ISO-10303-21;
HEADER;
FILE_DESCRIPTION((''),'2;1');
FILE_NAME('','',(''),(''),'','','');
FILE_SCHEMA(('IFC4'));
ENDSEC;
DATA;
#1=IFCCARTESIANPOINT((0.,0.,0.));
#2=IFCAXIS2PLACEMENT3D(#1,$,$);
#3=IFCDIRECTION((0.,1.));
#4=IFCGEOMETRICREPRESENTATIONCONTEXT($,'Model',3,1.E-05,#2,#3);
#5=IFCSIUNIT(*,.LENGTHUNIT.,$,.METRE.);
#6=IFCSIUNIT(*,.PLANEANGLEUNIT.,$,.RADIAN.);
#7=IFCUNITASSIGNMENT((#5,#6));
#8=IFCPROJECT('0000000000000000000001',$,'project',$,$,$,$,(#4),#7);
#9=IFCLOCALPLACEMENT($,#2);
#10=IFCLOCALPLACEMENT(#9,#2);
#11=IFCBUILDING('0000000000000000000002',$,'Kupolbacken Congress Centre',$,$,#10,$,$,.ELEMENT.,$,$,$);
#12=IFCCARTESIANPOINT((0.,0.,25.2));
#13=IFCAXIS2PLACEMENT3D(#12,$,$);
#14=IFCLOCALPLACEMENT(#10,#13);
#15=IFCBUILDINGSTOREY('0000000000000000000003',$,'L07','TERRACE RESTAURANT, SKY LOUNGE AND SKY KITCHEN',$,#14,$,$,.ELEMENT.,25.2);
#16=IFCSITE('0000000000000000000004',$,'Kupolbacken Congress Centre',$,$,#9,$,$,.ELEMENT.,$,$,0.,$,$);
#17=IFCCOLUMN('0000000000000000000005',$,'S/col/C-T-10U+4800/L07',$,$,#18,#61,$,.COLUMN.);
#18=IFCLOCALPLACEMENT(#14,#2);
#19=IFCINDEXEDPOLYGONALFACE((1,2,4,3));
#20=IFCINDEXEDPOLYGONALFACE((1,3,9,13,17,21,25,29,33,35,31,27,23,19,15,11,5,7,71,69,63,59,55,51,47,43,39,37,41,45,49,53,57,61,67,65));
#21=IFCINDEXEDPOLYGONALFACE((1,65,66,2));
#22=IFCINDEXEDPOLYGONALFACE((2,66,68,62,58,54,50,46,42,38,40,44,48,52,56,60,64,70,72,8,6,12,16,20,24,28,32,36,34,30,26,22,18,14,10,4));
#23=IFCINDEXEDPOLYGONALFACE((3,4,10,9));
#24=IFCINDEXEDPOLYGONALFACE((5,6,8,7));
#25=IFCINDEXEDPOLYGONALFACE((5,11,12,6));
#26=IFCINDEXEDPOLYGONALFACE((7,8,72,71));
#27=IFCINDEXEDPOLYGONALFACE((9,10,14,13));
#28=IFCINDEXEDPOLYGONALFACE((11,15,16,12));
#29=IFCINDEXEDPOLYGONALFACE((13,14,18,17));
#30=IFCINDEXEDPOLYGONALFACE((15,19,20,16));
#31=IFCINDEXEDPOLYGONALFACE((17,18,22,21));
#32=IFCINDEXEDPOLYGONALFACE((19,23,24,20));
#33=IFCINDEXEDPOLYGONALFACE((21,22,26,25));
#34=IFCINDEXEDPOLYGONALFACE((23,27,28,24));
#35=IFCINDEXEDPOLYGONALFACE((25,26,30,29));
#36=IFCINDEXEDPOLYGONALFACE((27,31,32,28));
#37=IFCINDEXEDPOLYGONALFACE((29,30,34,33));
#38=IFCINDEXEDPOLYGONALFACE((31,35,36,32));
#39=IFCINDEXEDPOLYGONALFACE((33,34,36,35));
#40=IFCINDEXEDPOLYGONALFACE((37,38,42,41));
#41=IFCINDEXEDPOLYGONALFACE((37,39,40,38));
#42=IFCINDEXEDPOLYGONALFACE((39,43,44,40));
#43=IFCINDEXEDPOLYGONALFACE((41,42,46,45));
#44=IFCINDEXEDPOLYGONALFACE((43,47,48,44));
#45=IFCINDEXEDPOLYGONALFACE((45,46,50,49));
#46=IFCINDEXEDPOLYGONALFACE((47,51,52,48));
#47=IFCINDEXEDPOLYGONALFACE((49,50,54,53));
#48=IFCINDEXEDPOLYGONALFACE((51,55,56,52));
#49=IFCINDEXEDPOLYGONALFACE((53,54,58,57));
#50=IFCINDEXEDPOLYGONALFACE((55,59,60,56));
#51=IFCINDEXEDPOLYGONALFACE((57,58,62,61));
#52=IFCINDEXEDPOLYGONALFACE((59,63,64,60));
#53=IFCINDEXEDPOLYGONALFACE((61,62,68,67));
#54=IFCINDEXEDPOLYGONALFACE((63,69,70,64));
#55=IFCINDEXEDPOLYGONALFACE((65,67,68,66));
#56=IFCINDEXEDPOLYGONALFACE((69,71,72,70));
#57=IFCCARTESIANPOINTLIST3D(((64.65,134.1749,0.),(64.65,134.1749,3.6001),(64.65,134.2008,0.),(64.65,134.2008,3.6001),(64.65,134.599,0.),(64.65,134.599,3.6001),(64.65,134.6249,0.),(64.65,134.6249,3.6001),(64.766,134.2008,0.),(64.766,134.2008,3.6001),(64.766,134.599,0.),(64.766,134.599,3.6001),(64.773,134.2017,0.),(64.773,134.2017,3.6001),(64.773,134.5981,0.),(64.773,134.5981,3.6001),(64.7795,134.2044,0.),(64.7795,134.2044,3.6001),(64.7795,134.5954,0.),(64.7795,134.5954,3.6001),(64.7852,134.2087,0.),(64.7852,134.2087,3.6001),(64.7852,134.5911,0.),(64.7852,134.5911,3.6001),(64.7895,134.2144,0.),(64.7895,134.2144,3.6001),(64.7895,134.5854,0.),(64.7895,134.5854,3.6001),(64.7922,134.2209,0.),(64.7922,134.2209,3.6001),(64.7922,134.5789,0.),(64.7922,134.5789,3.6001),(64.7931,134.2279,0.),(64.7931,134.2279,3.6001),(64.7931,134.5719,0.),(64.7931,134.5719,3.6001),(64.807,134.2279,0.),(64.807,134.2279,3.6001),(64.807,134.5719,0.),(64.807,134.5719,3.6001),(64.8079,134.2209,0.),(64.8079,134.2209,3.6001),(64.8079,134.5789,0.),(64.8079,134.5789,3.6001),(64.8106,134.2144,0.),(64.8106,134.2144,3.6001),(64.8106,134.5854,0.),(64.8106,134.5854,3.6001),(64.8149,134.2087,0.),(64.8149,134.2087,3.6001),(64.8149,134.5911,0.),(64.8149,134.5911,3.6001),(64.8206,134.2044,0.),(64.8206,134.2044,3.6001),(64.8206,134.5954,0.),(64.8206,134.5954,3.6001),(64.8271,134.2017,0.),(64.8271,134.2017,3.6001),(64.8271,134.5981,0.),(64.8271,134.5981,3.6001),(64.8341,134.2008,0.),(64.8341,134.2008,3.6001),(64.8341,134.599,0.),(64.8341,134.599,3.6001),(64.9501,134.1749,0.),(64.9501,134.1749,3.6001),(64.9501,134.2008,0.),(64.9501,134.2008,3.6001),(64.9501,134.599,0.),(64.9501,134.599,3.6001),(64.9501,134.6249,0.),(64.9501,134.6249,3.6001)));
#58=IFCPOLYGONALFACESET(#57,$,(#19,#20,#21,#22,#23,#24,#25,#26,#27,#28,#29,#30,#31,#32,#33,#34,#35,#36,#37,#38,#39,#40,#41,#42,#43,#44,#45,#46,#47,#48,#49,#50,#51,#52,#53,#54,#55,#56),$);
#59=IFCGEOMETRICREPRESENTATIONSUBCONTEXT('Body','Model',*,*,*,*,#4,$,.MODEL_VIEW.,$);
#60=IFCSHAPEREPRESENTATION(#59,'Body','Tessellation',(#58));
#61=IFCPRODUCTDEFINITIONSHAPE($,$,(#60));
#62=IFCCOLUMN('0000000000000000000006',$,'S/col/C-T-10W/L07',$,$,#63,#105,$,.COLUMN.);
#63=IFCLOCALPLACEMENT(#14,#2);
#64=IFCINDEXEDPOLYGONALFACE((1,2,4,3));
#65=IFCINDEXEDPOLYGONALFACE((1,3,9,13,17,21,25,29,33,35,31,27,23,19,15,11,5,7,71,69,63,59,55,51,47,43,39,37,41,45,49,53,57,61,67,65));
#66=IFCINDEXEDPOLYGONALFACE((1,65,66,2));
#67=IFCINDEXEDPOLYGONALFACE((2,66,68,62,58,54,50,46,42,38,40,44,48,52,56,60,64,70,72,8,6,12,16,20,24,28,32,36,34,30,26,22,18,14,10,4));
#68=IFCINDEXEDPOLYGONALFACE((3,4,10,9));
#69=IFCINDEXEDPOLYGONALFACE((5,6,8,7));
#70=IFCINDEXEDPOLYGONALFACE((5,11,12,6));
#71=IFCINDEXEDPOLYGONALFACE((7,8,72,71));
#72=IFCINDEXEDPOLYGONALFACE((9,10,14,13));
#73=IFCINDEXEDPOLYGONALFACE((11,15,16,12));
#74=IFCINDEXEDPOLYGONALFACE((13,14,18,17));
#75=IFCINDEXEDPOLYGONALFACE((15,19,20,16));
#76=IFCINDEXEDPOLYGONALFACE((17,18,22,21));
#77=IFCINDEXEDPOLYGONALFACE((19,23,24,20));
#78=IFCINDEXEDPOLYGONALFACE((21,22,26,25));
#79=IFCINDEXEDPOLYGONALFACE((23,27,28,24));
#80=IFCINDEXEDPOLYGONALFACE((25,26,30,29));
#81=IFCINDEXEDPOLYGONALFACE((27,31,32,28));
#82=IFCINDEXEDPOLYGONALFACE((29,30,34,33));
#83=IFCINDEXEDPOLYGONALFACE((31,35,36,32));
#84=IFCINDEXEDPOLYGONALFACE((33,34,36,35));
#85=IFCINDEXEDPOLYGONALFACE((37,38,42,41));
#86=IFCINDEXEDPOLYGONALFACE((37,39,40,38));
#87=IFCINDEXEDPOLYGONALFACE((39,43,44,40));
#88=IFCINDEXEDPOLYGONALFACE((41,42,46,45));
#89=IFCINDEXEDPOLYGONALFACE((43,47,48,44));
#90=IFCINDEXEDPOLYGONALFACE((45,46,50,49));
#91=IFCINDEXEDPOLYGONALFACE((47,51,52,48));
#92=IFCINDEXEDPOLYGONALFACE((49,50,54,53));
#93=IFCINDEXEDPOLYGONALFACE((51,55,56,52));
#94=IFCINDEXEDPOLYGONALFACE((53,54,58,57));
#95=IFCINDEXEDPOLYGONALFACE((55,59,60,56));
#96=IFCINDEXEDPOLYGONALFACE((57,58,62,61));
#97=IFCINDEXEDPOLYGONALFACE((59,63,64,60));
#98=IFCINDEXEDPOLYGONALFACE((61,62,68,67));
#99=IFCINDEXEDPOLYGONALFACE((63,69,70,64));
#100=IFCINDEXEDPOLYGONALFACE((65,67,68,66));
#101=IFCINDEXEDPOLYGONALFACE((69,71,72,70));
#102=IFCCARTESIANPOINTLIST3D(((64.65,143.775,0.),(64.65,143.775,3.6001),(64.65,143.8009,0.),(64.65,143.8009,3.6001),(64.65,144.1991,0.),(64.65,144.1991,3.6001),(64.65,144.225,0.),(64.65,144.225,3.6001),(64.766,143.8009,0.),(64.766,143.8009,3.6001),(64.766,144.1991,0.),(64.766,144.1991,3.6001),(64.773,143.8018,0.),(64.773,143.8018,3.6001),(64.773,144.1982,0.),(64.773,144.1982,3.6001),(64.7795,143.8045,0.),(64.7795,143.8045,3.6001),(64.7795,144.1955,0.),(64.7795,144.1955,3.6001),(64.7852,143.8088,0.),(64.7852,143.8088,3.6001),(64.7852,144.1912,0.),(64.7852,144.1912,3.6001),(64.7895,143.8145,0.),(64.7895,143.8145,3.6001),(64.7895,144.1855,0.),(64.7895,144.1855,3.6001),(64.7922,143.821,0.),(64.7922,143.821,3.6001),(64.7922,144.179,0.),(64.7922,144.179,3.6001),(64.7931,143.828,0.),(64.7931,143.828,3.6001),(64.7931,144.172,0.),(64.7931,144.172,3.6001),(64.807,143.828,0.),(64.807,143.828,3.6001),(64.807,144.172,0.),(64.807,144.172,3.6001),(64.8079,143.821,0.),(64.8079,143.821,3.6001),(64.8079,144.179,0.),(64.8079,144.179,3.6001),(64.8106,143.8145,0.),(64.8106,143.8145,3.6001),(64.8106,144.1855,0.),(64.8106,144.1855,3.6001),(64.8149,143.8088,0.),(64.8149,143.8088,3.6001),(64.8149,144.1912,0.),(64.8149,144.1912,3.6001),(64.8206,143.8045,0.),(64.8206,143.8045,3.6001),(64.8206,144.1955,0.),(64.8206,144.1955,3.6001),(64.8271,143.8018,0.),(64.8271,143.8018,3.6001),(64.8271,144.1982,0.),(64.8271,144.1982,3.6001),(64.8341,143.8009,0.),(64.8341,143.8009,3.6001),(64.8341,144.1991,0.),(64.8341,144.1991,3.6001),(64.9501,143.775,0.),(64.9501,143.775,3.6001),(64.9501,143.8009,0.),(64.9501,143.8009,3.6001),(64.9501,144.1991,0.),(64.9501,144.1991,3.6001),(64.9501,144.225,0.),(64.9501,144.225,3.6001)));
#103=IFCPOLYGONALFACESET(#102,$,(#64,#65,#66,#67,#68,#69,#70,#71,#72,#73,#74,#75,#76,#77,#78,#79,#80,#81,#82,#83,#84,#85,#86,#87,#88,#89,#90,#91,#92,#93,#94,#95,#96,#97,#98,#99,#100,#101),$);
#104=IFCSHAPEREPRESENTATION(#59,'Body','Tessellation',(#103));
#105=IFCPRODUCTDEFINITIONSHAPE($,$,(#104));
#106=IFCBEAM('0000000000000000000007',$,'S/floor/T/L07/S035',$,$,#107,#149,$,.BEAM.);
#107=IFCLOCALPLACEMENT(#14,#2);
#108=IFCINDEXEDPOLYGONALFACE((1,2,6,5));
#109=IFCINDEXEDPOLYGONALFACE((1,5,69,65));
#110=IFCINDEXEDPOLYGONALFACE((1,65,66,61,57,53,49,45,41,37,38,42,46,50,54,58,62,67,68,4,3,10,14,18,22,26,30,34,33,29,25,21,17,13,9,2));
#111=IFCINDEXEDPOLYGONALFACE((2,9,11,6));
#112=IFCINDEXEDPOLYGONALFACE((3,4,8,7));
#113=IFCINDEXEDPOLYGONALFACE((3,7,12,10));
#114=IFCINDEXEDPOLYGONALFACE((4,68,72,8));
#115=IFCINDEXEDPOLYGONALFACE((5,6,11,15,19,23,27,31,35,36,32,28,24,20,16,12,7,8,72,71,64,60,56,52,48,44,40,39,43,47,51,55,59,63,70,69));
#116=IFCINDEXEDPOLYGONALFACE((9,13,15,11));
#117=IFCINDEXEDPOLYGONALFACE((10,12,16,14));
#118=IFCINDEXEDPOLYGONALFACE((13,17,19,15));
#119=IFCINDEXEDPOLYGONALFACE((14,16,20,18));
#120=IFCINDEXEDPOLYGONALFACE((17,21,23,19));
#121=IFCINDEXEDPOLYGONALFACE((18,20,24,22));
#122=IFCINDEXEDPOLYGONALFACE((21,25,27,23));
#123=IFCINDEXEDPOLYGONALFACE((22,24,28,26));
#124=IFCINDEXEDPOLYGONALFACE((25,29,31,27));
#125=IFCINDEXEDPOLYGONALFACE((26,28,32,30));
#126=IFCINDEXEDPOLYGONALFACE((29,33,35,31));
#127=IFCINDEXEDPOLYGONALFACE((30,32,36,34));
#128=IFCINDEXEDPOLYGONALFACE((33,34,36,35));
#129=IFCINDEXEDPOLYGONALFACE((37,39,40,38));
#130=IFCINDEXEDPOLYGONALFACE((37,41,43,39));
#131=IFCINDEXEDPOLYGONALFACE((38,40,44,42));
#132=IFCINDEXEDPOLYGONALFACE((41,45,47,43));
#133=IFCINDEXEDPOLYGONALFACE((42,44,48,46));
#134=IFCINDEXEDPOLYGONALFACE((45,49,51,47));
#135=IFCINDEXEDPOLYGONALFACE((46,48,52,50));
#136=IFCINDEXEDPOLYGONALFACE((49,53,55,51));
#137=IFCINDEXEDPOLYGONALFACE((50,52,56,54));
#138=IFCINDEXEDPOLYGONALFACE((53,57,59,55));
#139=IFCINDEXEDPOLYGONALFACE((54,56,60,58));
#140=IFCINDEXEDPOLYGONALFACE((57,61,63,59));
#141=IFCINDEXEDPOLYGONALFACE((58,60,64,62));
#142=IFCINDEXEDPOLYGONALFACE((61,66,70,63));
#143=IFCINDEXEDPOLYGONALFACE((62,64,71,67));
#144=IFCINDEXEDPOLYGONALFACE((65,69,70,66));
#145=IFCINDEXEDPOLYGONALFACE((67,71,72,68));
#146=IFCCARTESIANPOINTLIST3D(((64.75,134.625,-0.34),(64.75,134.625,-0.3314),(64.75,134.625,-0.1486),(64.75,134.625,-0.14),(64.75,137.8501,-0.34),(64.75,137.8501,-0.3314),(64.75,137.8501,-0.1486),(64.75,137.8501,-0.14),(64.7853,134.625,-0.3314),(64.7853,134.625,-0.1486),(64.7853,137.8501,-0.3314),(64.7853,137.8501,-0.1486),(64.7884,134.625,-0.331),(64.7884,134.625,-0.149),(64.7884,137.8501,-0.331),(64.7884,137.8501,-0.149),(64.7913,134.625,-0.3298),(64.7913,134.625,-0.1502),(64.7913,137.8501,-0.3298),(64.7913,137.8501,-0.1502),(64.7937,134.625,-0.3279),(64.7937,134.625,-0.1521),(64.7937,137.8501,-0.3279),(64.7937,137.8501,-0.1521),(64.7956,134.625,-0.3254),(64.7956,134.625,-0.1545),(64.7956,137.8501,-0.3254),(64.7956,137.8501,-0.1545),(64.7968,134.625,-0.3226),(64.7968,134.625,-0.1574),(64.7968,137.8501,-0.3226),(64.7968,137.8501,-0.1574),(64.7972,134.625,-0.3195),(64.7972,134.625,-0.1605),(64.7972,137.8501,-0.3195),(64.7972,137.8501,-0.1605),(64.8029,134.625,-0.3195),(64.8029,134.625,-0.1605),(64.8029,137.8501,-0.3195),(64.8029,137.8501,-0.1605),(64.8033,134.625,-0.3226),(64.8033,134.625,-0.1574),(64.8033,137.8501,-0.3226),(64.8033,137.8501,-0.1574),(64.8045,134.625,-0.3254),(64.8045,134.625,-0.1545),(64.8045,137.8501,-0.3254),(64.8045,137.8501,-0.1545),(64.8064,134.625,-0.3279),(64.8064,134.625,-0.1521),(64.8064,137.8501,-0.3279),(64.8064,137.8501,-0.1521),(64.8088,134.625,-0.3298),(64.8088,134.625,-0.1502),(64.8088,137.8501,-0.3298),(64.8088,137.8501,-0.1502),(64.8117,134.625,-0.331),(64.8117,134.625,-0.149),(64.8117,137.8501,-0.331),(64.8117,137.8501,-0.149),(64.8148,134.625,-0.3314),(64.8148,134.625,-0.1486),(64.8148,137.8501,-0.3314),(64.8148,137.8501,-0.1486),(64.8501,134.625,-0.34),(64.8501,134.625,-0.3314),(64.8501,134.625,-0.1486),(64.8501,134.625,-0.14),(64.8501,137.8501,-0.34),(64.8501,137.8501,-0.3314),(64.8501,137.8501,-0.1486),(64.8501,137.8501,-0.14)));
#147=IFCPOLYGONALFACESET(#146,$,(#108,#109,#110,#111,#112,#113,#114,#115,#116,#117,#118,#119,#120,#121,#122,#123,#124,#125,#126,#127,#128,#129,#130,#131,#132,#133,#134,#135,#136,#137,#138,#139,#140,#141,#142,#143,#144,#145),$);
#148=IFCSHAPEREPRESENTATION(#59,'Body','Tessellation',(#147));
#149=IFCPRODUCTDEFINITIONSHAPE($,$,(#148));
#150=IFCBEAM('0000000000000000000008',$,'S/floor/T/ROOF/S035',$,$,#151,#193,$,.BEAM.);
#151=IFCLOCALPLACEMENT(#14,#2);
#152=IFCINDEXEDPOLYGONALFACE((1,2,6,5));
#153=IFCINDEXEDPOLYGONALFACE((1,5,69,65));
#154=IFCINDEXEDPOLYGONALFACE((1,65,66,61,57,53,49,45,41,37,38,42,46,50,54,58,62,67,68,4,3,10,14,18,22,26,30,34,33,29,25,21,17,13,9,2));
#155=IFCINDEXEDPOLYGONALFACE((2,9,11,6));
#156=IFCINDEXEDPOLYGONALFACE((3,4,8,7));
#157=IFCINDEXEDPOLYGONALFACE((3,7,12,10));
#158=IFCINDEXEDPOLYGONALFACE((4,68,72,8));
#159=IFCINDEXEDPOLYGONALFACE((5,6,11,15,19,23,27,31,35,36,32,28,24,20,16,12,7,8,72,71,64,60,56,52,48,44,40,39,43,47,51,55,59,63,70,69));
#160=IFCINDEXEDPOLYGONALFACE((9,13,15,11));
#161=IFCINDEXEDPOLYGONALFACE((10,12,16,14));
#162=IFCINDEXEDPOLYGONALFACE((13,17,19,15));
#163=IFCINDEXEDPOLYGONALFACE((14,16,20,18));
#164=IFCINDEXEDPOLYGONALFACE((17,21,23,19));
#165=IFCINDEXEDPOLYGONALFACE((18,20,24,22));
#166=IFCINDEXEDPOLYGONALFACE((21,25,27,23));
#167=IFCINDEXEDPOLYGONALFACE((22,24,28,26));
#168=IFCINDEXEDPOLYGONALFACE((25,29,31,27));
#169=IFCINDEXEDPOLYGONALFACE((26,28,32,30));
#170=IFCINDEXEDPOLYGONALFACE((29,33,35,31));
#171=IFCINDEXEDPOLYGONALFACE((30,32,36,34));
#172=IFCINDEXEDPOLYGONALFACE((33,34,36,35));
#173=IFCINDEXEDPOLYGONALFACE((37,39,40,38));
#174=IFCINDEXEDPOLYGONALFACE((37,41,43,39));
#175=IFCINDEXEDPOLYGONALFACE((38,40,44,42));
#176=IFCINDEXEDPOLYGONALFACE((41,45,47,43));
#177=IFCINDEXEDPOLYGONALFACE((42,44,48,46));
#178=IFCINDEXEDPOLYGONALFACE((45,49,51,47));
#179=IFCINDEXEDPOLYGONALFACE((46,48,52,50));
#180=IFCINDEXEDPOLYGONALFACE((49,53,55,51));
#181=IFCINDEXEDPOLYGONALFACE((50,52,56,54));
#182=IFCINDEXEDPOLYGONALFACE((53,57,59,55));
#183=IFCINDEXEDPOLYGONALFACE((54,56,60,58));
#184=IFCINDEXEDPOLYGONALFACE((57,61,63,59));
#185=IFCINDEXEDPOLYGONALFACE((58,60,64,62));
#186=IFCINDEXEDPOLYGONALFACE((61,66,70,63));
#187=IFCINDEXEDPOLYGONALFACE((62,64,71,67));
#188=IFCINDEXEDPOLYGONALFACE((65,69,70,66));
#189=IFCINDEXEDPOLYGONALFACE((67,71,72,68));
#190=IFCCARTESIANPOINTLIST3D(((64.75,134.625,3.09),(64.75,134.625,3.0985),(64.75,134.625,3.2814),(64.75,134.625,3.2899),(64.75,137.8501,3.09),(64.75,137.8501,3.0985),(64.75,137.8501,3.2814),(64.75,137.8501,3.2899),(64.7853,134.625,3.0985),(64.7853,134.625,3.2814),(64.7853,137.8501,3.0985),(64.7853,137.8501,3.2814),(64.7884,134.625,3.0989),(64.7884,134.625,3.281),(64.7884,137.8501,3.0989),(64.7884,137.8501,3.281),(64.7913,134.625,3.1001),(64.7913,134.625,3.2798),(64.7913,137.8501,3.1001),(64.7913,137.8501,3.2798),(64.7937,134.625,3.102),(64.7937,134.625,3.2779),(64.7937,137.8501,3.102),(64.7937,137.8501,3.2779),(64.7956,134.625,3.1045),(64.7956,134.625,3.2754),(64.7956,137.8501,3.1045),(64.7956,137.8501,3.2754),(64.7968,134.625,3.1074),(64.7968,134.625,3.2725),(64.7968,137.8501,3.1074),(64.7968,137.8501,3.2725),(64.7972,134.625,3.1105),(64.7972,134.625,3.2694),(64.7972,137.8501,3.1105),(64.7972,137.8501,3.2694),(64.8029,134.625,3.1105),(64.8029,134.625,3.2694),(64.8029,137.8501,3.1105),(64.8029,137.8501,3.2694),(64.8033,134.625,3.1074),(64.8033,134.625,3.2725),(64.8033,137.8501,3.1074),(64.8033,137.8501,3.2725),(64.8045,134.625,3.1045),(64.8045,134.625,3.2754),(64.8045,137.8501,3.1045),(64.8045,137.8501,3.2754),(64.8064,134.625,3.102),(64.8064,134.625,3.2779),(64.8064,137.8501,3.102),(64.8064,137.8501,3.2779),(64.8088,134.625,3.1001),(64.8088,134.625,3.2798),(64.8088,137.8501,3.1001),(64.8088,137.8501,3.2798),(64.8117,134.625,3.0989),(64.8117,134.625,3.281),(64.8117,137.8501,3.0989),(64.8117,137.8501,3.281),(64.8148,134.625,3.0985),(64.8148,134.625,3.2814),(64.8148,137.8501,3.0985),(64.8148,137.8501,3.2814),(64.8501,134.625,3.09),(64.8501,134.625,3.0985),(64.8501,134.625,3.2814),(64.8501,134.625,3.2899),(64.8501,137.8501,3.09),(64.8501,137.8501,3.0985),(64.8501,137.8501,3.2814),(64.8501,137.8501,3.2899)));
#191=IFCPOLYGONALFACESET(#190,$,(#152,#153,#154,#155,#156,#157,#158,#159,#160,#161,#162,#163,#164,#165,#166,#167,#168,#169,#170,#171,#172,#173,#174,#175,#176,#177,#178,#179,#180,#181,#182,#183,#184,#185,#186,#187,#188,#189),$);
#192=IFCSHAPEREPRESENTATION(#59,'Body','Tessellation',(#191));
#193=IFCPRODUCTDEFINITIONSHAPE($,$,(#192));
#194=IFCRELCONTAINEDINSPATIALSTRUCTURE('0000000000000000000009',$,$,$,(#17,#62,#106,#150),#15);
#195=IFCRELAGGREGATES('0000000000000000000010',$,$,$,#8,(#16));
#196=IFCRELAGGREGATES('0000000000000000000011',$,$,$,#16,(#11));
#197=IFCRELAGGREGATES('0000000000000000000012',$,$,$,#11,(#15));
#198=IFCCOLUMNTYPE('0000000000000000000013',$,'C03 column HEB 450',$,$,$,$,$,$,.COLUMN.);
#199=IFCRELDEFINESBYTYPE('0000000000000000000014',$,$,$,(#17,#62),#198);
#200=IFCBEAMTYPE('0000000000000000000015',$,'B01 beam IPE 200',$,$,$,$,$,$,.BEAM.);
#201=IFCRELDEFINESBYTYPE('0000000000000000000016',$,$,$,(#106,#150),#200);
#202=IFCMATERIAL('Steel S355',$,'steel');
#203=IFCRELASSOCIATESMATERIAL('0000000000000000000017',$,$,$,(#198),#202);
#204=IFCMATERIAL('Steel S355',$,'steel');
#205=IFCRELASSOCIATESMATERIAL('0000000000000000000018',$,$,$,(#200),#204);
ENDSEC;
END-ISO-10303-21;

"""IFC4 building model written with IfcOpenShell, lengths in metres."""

from ifc_helpers import new_model, si_unit, direction, frame, origin, origin_2d, place, context, subcontext, project, spatial, i_section, extrude, material, material_profile, profile_set, type_object, element, save


model = new_model("IFC4")

# Units and contexts
model_context = context("Model", 3, precision=1e-05, world=origin(), true_north=direction((0.0, 1.0)))
body_context = subcontext(model_context, "Body", "Model", "MODEL_VIEW")
ifc_project = project(units=[si_unit("LENGTHUNIT", "METRE"), si_unit("PLANEANGLEUNIT", "RADIAN")], contexts=[model_context])

# Site, building, storey
site_placement = place(None, origin())
site = spatial("IfcSite", under=ifc_project, at=site_placement, Name="Kupolbacken Congress Centre", CompositionType="ELEMENT", RefElevation=0.0)
building_placement = place(site_placement, origin())
building = spatial("IfcBuilding", under=site, at=building_placement, Name="Kupolbacken Congress Centre", CompositionType="ELEMENT")
storey_placement = place(building_placement, frame((0.0, 0.0, 25.2)))
storey = spatial("IfcBuildingStorey", under=building, at=storey_placement, Name="L07", Description="TERRACE RESTAURANT, SKY LOUNGE AND SKY KITCHEN", CompositionType="ELEMENT", Elevation=25.2)

# Columns
ifc_material_1 = material(Name="Steel S355", Category="steel")
ifc_material_profile_1 = material_profile(ifc_material_1, i_section(OverallWidth=0.3, OverallDepth=0.45, WebThickness=0.0139, FlangeThickness=0.0259, FilletRadius=0.0271, at=origin_2d()), Name="HEB 450")
ifc_profile_set_1 = profile_set([ifc_material_profile_1], Name="Steel S355")
column_type = type_object("IfcColumnType", Name="C03 column HEB 450", PredefinedType="COLUMN", material=ifc_profile_set_1)
for number, where, z_axis, x_axis, name in (
    (1, (64.8, 134.3999, 0.0), (0.0, 0.0, 1.0), (1.0, 0.0, 0.0), "S/col/C-T-10U+4800/L07"),
    (2, (64.8, 144.0, 0.0), (0.0, 0.0, 1.0), (1.0, 0.0, 0.0), "S/col/C-T-10W/L07"),
):
    element("IfcColumn", number, at=place(storey_placement, frame(where, z_axis=z_axis, x_axis=x_axis)), inside=storey, type_object=column_type, Name=name, PredefinedType="COLUMN", context=body_context, shape_type="SweptSolid", body=[
        extrude(i_section(OverallWidth=0.3, OverallDepth=0.45, WebThickness=0.0139, FlangeThickness=0.0259, FilletRadius=0.0271, at=origin_2d()), origin(), (0.0, 0.0, 1.0), 3.6001),
    ])

# Beams
ifc_material_2 = material(Name="Steel S355", Category="steel")
ifc_material_profile_2 = material_profile(ifc_material_2, i_section(OverallWidth=0.1001, OverallDepth=0.2, WebThickness=0.0056, FlangeThickness=0.0085, FilletRadius=0.012, at=origin_2d()), Name="IPE 200")
ifc_profile_set_2 = profile_set([ifc_material_profile_2], Name="Steel S355")
beam_type = type_object("IfcBeamType", Name="B01 beam IPE 200", PredefinedType="BEAM", material=ifc_profile_set_2)
for number, where, z_axis, x_axis, name in (
    (3, (64.8, 134.625, -0.24), (0.0, 1.0, 0.0), (-1.0, 0.0, 0.0), "S/floor/T/L07/S035"),
    (4, (64.8, 134.625, 3.1899), (0.0, 1.0, 0.0), (-1.0, 0.0, 0.0), "S/floor/T/ROOF/S035"),
):
    element("IfcBeam", number, at=place(storey_placement, frame(where, z_axis=z_axis, x_axis=x_axis)), inside=storey, type_object=beam_type, Name=name, PredefinedType="BEAM", context=body_context, shape_type="SweptSolid", body=[
        extrude(i_section(OverallWidth=0.1001, OverallDepth=0.2, WebThickness=0.0056, FlangeThickness=0.0085, FilletRadius=0.012, at=origin_2d()), origin(), (0.0, 0.0, 1.0), 3.2251),
    ])

save(model, "model.ifc")
